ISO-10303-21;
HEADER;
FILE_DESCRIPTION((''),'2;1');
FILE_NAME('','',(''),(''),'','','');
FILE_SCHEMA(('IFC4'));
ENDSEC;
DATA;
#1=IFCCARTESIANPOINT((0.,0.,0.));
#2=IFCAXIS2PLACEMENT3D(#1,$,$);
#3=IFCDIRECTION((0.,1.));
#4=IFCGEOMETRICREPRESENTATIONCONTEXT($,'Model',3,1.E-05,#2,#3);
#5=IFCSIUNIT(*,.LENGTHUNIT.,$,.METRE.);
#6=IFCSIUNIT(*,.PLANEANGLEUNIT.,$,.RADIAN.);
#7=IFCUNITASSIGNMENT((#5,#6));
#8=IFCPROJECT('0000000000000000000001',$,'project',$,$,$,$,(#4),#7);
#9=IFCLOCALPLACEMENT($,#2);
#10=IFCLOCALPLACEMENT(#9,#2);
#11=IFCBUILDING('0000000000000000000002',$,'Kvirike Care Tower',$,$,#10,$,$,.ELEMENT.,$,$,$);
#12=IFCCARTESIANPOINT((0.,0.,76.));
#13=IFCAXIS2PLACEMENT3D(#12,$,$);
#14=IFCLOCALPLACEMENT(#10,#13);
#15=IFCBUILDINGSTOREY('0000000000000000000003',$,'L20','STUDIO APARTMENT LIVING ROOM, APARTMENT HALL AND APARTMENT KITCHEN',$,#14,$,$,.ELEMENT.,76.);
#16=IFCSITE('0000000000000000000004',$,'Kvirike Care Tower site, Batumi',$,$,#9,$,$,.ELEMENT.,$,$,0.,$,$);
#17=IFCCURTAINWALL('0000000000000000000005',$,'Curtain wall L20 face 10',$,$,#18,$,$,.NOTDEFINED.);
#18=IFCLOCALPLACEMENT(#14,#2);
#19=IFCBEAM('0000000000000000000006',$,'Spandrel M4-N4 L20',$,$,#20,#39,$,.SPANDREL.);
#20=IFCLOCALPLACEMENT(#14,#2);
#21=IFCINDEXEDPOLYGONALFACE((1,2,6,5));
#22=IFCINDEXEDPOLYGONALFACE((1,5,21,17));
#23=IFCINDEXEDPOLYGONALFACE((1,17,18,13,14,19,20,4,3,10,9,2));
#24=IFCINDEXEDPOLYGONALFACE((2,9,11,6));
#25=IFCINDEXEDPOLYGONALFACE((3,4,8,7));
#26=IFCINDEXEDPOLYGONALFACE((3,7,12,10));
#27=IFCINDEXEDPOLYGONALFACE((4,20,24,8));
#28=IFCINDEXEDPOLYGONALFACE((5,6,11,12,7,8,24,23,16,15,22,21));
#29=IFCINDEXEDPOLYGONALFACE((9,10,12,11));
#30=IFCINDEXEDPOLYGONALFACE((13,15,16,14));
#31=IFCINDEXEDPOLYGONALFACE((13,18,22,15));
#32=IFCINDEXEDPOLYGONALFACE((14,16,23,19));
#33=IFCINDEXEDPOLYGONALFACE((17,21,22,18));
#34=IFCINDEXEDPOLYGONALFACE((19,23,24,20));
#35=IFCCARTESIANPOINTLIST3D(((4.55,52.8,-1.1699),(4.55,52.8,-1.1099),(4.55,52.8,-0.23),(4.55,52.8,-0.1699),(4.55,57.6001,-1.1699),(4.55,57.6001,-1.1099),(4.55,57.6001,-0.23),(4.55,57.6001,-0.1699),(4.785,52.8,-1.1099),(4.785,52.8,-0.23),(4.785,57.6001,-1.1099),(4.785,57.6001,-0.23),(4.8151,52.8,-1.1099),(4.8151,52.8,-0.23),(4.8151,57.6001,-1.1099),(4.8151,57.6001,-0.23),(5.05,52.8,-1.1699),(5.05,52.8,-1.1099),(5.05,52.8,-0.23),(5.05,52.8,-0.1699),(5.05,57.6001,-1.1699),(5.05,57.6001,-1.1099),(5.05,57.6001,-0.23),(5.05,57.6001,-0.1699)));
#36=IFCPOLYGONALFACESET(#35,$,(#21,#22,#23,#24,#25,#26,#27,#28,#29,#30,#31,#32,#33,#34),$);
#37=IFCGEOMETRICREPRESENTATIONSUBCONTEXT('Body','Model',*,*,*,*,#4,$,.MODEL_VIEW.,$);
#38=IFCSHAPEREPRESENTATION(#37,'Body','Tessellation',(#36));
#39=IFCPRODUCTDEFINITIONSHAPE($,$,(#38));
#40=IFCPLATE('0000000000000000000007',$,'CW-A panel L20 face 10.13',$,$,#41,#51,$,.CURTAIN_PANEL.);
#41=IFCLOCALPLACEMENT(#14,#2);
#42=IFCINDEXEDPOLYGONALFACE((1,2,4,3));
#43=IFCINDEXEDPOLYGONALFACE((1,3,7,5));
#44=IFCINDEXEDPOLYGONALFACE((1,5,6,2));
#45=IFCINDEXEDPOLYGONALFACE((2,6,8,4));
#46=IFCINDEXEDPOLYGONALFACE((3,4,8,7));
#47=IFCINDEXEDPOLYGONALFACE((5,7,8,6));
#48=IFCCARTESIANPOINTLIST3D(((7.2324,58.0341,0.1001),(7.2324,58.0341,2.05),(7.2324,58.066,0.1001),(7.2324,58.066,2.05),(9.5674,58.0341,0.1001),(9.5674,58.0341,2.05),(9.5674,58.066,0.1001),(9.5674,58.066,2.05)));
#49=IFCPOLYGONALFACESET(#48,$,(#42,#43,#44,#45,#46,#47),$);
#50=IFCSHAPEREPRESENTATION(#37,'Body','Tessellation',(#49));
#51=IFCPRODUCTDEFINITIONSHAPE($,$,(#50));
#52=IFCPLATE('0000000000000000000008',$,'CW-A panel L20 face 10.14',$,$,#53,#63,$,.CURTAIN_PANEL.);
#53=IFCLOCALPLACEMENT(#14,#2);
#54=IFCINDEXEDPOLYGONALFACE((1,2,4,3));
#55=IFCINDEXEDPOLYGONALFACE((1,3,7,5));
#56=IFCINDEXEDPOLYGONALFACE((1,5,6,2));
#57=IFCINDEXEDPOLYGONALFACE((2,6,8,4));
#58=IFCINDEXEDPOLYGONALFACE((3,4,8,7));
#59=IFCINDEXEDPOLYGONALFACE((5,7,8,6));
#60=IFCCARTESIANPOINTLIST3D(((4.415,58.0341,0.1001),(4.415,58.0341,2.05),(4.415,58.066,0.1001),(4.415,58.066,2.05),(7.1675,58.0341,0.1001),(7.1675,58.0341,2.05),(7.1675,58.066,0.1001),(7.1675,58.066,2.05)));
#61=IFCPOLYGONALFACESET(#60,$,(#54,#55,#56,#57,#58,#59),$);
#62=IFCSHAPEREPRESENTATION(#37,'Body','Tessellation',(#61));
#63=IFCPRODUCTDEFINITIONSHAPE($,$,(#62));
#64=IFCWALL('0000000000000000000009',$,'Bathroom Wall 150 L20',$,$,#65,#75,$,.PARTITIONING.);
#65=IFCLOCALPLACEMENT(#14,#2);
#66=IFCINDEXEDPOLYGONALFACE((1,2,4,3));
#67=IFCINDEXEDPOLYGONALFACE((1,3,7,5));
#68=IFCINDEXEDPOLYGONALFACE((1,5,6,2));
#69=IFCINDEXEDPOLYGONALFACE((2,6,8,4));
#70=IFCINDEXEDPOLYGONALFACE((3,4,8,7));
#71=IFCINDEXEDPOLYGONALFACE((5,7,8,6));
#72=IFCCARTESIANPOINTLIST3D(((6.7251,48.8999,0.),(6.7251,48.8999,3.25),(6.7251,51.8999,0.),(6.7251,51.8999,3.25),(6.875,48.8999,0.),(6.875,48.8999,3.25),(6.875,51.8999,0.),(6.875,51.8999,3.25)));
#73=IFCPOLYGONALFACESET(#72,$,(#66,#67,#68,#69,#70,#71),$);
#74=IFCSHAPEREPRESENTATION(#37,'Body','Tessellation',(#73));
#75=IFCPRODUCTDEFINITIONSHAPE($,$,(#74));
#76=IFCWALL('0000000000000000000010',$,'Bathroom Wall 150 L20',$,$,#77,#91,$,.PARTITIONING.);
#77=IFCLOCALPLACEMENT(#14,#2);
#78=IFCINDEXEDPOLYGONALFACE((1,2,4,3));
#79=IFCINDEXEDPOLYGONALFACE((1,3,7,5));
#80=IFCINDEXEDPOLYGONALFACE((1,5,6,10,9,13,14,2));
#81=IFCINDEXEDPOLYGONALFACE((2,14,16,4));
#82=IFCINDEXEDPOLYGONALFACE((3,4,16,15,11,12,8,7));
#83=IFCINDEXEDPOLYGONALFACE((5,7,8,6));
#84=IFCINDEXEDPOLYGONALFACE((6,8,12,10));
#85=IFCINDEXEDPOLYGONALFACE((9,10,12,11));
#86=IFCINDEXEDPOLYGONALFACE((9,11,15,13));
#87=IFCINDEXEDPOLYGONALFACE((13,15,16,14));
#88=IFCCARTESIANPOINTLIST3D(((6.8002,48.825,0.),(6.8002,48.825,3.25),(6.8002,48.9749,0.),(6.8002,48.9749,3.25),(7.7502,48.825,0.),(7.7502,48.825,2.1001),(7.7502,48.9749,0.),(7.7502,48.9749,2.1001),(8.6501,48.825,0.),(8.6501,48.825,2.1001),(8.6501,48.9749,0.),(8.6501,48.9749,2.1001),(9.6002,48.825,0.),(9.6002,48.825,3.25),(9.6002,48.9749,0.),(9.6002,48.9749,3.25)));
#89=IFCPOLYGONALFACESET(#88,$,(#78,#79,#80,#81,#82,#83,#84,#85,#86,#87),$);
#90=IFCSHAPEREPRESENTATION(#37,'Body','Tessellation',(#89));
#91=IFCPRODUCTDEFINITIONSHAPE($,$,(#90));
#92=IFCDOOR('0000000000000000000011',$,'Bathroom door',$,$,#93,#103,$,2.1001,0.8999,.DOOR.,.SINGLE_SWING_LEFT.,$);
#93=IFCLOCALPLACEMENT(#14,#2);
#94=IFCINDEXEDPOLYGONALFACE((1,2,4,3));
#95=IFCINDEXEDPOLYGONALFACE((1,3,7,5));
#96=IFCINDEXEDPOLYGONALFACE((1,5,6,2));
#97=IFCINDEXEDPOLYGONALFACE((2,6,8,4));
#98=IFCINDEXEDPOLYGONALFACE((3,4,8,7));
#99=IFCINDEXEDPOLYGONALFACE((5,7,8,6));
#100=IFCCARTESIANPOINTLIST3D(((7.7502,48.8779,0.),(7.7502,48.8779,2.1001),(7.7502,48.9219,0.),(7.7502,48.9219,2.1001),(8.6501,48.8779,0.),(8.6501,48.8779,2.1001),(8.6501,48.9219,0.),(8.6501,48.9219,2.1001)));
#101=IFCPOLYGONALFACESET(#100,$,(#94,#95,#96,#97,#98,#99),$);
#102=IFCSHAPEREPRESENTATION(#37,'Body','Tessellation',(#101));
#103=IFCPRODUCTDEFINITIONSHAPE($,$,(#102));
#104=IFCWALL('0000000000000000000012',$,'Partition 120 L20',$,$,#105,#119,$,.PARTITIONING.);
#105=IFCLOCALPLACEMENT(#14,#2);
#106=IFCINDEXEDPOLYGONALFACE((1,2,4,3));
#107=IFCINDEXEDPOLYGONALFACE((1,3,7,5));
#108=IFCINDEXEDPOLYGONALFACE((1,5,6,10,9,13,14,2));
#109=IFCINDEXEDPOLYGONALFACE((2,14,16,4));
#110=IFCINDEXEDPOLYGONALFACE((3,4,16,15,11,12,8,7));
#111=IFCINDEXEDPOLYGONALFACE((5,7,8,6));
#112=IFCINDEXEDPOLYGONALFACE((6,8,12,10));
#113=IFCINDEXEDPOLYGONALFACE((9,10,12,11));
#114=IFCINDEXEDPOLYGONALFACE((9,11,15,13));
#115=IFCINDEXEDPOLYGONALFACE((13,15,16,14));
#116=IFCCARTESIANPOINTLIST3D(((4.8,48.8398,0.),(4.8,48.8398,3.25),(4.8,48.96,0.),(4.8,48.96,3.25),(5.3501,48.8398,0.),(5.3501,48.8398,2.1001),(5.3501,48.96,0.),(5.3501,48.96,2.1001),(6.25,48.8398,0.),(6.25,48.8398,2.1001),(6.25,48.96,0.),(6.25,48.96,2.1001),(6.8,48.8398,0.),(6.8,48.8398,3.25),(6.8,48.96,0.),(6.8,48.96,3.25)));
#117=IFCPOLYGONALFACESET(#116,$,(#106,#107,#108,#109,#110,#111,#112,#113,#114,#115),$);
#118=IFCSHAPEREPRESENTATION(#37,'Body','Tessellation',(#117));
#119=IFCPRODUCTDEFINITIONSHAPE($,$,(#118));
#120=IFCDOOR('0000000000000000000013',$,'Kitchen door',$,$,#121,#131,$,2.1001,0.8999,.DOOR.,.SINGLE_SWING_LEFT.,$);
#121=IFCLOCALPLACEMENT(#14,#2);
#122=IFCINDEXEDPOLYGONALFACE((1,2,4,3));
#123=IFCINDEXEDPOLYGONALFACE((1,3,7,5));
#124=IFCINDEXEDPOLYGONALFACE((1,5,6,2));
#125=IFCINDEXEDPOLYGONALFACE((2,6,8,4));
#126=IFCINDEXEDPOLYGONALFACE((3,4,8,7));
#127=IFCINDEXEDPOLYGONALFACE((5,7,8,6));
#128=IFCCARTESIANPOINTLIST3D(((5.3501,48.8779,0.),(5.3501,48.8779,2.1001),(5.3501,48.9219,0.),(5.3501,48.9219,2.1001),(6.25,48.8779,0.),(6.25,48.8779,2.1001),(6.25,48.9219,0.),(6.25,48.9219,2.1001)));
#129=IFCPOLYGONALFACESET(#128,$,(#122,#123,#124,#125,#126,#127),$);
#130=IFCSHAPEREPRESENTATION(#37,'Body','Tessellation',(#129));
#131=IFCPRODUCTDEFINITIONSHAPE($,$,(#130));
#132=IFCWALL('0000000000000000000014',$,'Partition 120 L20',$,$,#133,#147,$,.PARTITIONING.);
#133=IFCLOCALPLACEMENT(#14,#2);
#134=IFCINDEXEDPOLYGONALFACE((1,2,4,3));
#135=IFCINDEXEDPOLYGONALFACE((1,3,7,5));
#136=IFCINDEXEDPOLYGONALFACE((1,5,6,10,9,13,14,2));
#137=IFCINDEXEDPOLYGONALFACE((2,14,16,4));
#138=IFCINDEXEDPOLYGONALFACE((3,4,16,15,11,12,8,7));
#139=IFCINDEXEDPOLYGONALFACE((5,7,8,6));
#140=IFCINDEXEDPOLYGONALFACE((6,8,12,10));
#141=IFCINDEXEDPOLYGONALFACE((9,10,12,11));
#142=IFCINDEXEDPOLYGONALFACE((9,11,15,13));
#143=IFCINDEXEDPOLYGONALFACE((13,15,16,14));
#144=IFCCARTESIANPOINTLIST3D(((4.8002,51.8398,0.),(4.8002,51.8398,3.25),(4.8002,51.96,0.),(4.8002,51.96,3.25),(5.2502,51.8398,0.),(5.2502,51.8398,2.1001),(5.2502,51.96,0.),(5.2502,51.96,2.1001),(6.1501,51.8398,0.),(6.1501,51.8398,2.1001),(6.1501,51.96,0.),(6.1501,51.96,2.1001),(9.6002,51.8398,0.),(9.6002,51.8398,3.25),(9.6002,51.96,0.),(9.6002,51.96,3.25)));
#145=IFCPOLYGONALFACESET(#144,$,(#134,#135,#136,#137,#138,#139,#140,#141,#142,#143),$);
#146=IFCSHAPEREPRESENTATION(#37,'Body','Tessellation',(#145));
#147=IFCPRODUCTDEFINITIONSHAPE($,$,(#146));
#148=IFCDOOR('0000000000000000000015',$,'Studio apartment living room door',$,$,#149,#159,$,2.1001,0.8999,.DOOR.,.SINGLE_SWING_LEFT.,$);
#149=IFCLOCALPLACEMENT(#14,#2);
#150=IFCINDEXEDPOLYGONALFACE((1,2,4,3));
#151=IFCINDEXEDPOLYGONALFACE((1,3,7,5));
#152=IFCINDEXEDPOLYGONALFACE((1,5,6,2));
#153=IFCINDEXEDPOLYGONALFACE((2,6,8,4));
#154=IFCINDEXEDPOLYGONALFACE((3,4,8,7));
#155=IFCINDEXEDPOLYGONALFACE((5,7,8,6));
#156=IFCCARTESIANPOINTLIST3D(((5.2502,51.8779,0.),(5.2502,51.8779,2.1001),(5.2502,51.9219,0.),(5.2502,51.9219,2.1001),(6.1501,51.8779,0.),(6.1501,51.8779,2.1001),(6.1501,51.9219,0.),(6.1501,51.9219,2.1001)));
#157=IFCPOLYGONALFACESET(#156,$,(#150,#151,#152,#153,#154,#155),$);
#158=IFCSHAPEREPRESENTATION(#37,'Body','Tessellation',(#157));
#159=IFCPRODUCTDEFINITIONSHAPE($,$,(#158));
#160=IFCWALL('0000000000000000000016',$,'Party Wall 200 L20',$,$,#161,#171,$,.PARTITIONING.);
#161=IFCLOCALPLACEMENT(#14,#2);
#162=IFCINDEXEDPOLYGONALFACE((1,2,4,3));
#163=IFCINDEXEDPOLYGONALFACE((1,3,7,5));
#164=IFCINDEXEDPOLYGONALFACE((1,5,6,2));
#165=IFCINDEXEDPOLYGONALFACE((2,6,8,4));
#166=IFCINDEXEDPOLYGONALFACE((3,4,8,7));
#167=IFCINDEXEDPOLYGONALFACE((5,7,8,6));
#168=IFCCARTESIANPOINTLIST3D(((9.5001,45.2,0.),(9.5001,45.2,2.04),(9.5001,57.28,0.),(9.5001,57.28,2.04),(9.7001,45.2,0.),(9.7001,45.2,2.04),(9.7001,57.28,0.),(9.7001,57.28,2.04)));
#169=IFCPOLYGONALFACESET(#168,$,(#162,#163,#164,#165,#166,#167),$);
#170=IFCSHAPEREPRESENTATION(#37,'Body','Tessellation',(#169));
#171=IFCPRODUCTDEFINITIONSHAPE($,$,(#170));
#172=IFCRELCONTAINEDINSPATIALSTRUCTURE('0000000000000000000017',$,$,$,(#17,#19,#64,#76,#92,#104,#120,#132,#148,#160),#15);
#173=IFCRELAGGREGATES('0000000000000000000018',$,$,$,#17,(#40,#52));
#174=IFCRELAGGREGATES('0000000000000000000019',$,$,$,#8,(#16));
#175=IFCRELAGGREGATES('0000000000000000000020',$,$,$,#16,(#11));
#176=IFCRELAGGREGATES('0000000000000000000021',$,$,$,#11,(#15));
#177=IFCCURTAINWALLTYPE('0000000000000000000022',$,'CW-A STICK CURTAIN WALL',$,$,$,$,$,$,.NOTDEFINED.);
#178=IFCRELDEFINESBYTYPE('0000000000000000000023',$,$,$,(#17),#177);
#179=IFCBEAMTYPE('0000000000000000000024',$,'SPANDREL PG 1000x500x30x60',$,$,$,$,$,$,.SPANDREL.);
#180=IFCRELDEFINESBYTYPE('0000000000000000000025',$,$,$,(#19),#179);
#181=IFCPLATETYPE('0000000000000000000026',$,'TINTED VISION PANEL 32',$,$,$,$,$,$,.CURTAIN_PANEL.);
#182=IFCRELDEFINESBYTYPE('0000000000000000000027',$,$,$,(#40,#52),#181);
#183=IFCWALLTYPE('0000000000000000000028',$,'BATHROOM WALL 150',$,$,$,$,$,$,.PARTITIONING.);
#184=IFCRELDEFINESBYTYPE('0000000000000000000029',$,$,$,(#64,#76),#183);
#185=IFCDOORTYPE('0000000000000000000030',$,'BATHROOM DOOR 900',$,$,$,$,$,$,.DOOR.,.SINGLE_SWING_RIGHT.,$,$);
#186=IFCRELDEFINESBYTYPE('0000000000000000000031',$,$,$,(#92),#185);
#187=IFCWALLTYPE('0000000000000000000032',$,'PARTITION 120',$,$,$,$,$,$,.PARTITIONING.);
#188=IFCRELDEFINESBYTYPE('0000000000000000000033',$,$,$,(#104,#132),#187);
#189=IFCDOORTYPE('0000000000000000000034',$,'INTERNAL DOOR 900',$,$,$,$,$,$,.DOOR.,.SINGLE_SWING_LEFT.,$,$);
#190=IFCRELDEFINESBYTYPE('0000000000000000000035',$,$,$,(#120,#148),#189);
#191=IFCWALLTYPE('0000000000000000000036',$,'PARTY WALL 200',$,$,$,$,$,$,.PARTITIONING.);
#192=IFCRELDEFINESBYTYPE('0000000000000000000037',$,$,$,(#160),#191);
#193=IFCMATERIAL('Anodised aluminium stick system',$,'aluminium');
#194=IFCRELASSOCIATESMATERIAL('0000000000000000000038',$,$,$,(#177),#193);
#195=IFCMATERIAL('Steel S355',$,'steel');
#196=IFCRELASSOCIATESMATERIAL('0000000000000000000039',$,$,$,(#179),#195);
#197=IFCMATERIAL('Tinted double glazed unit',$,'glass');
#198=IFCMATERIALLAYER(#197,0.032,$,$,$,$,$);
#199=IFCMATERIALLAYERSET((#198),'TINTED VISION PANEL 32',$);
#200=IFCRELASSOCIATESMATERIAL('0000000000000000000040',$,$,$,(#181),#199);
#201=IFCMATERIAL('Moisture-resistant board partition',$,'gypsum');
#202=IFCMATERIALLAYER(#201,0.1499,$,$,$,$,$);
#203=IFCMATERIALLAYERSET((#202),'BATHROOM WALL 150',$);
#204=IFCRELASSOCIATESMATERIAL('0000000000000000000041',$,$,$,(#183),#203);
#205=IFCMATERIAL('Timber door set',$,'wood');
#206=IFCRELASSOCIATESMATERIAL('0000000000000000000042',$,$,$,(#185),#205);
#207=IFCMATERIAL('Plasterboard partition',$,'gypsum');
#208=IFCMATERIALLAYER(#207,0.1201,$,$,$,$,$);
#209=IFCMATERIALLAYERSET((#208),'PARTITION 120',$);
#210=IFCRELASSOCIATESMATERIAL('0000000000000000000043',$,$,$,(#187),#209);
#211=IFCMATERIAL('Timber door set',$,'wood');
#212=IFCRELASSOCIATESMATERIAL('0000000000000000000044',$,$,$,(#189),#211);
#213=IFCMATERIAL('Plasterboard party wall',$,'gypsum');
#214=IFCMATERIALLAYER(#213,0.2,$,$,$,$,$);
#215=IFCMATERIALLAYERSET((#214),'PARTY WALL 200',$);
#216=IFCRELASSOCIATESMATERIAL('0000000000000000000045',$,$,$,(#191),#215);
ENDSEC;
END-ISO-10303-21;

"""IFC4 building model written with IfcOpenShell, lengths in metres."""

from ifc_helpers import new_model, si_unit, direction, frame, frame_2d, origin, origin_2d, place, context, subcontext, project, spatial, rectangle, i_section, extrude, material, layer, layer_set, material_profile, profile_set, type_object, element, fill, aggregate, save


model = new_model("IFC4")

# Units and contexts
model_context = context("Model", 3, precision=1e-05, world=origin(), true_north=direction((0.0, 1.0)))
body_context = subcontext(model_context, "Body", "Model", "MODEL_VIEW")
ifc_project = project(units=[si_unit("LENGTHUNIT", "METRE"), si_unit("PLANEANGLEUNIT", "RADIAN")], contexts=[model_context])

# Site, building, storey
site_placement = place(None, origin())
site = spatial("IfcSite", under=ifc_project, at=site_placement, Name="Kvirike Care Tower site, Batumi", CompositionType="ELEMENT", RefElevation=0.0)
building_placement = place(site_placement, origin())
building = spatial("IfcBuilding", under=site, at=building_placement, Name="Kvirike Care Tower", CompositionType="ELEMENT")
storey_placement = place(building_placement, frame((0.0, 0.0, 76.0)))
storey = spatial("IfcBuildingStorey", under=building, at=storey_placement, Name="L20", Description="STUDIO APARTMENT LIVING ROOM, APARTMENT HALL AND APARTMENT KITCHEN", CompositionType="ELEMENT", Elevation=76.0)

# Curtain wall
ifc_material_1 = material(Name="Anodised aluminium stick system", Category="aluminium")
curtain_wall_type = type_object("IfcCurtainWallType", Name="CW-A STICK CURTAIN WALL", PredefinedType="NOTDEFINED", material=ifc_material_1)
curtain_wall_1_placement = place(storey_placement, origin())
curtain_wall_1 = element("IfcCurtainWall", 1, at=curtain_wall_1_placement, inside=storey, type_object=curtain_wall_type, Name="Curtain wall L20 face 10", PredefinedType="NOTDEFINED")

# Beam
ifc_material_2 = material(Name="Steel S355", Category="steel")
ifc_material_profile_1 = material_profile(ifc_material_2, i_section(OverallWidth=0.5, OverallDepth=1.0, WebThickness=0.03, FlangeThickness=0.0601, at=origin_2d()), Name="PG 1000x500x30x60")
ifc_profile_set_1 = profile_set([ifc_material_profile_1], Name="Steel S355")
beam_type_1 = type_object("IfcBeamType", Name="SPANDREL PG 1000x500x30x60", PredefinedType="SPANDREL", material=ifc_profile_set_1)
for number, where, z_axis, x_axis, name in (
    (2, (4.8, 52.8, -0.6699), (0.0, 1.0, 0.0), (-1.0, 0.0, 0.0), "Spandrel M4-N4 L20"),
):
    element("IfcBeam", number, at=place(storey_placement, frame(where, z_axis=z_axis, x_axis=x_axis)), inside=storey, type_object=beam_type_1, Name=name, PredefinedType="SPANDREL", context=body_context, shape_type="SweptSolid", body=[
        extrude(i_section(OverallWidth=0.5, OverallDepth=1.0, WebThickness=0.03, FlangeThickness=0.0601, at=origin_2d()), origin(), (0.0, 0.0, 1.0), 4.8),
    ])

# Plates
ifc_material_3 = material(Name="Tinted double glazed unit", Category="glass")
ifc_layer_1 = layer(ifc_material_3, 0.032)
ifc_layer_set_1 = layer_set([ifc_layer_1], Name="TINTED VISION PANEL 32")
plate_type = type_object("IfcPlateType", Name="TINTED VISION PANEL 32", PredefinedType="CURTAIN_PANEL", material=ifc_layer_set_1)
plate_1_placement = place(storey_placement, frame((8.3999, 58.05, 0.1001), z_axis=(0.0, 0.0, 1.0), x_axis=(-1.0, 0.0, 0.0)))
plate_1 = element("IfcPlate", 3, at=plate_1_placement, type_object=plate_type, Name="CW-A panel L20 face 10.13", PredefinedType="CURTAIN_PANEL", context=body_context, shape_type="SweptSolid", body=[
    extrude(rectangle(XDim=2.335, YDim=0.032, at=origin_2d()), origin(), (0.0, 0.0, 1.0), 1.95),
])
plate_2_placement = place(storey_placement, frame((5.7913, 58.05, 0.1001), z_axis=(0.0, 0.0, 1.0), x_axis=(-1.0, 0.0, 0.0)))
plate_2 = element("IfcPlate", 4, at=plate_2_placement, type_object=plate_type, Name="CW-A panel L20 face 10.14", PredefinedType="CURTAIN_PANEL", context=body_context, shape_type="SweptSolid", body=[
    extrude(rectangle(XDim=2.7524, YDim=0.032, at=origin_2d()), origin(), (0.0, 0.0, 1.0), 1.95),
])
aggregate(curtain_wall_1, [plate_1, plate_2])

# Wall
ifc_material_4 = material(Name="Moisture-resistant board partition", Category="gypsum")
ifc_layer_2 = layer(ifc_material_4, 0.1499)
ifc_layer_set_2 = layer_set([ifc_layer_2], Name="BATHROOM WALL 150")
wall_type_1 = type_object("IfcWallType", Name="BATHROOM WALL 150", PredefinedType="PARTITIONING", material=ifc_layer_set_2)
wall_1_placement = place(storey_placement, frame((6.8, 51.8999, 0.0), z_axis=(0.0, 0.0, 1.0), x_axis=(0.0, -1.0, 0.0)))
element("IfcWall", 5, at=wall_1_placement, inside=storey, type_object=wall_type_1, Name="Bathroom Wall 150 L20", PredefinedType="PARTITIONING", context=body_context, shape_type="SweptSolid", body=[
    extrude(rectangle(XDim=3.0, YDim=0.1499, at=frame_2d((1.5, 0.0))), origin(), (0.0, 0.0, 1.0), 3.25),
])

# Walls, openings, doors
wall_2_placement = place(storey_placement, frame((9.6001, 48.8999, 0.0), z_axis=(0.0, 0.0, 1.0), x_axis=(-1.0, 0.0, 0.0)))
wall_2 = element("IfcWall", 6, at=wall_2_placement, inside=storey, type_object=wall_type_1, Name="Bathroom Wall 150 L20", PredefinedType="PARTITIONING", context=body_context, shape_type="SweptSolid", body=[
    extrude(rectangle(XDim=2.8, YDim=0.1499, at=frame_2d((1.3999, 0.0))), origin(), (0.0, 0.0, 1.0), 3.25),
])
opening_1_placement = place(wall_2_placement, frame((0.95, 0.0, 0.0)))
opening_1 = element("IfcOpeningElement", 7, at=opening_1_placement, cuts=wall_2, PredefinedType="OPENING", context=body_context, shape_type="SweptSolid", body=[
    extrude(rectangle(XDim=0.8999, YDim=2.1001, at=frame_2d((0.45, 1.05))), frame((0.0, 0.0854, 0.0), z_axis=(0.0, -1.0, 0.0), x_axis=(1.0, 0.0, 0.0)), (0.0, 0.0, 1.0), 0.1709),
])
ifc_material_5 = material(Name="Timber door set", Category="wood")
door_type_1 = type_object("IfcDoorType", Name="BATHROOM DOOR 900", OperationType="SINGLE_SWING_RIGHT", PredefinedType="DOOR", material=ifc_material_5)
door_1_placement = place(opening_1_placement, frame((0.8999, 0.0, 0.0), z_axis=(0.0, 0.0, 1.0), x_axis=(-1.0, 0.0, 0.0)))
door_1 = element("IfcDoor", 8, at=door_1_placement, inside=storey, type_object=door_type_1, Name="Bathroom door", OperationType="SINGLE_SWING_LEFT", OverallHeight=2.1001, OverallWidth=0.8999, PredefinedType="DOOR", context=body_context, shape_type="SweptSolid", body=[
    extrude(rectangle(XDim=0.8999, YDim=2.1001, at=frame_2d((0.45, 1.05))), frame((0.0, 0.022, 0.0), z_axis=(0.0, -1.0, 0.0), x_axis=(1.0, 0.0, 0.0)), (0.0, 0.0, 1.0), 0.0439),
])
fill(opening_1, door_1)
ifc_material_6 = material(Name="Plasterboard partition", Category="gypsum")
ifc_layer_3 = layer(ifc_material_6, 0.1201)
ifc_layer_set_3 = layer_set([ifc_layer_3], Name="PARTITION 120")
wall_type_2 = type_object("IfcWallType", Name="PARTITION 120", PredefinedType="PARTITIONING", material=ifc_layer_set_3)
wall_3_placement = place(storey_placement, frame((6.8, 48.8999, 0.0), z_axis=(0.0, 0.0, 1.0), x_axis=(-1.0, 0.0, 0.0)))
wall_3 = element("IfcWall", 9, at=wall_3_placement, inside=storey, type_object=wall_type_2, Name="Partition 120 L20", PredefinedType="PARTITIONING", context=body_context, shape_type="SweptSolid", body=[
    extrude(rectangle(XDim=2.0, YDim=0.1201, at=frame_2d((1.0, 0.0))), origin(), (0.0, 0.0, 1.0), 3.25),
])
opening_2_placement = place(wall_3_placement, frame((0.55, 0.0, 0.0)))
opening_2 = element("IfcOpeningElement", 10, at=opening_2_placement, cuts=wall_3, PredefinedType="OPENING", context=body_context, shape_type="SweptSolid", body=[
    extrude(rectangle(XDim=0.8999, YDim=2.1001, at=frame_2d((0.45, 1.05))), frame((0.0, 0.0706, 0.0), z_axis=(0.0, -1.0, 0.0), x_axis=(1.0, 0.0, 0.0)), (0.0, 0.0, 1.0), 0.1411),
])
ifc_material_7 = material(Name="Timber door set", Category="wood")
door_type_2 = type_object("IfcDoorType", Name="INTERNAL DOOR 900", OperationType="SINGLE_SWING_LEFT", PredefinedType="DOOR", material=ifc_material_7)
door_2_placement = place(opening_2_placement, frame((0.8999, 0.0, 0.0), z_axis=(0.0, 0.0, 1.0), x_axis=(-1.0, 0.0, 0.0)))
door_2 = element("IfcDoor", 11, at=door_2_placement, inside=storey, type_object=door_type_2, Name="Kitchen door", OperationType="SINGLE_SWING_LEFT", OverallHeight=2.1001, OverallWidth=0.8999, PredefinedType="DOOR", context=body_context, shape_type="SweptSolid", body=[
    extrude(rectangle(XDim=0.8999, YDim=2.1001, at=frame_2d((0.45, 1.05))), frame((0.0, 0.022, 0.0), z_axis=(0.0, -1.0, 0.0), x_axis=(1.0, 0.0, 0.0)), (0.0, 0.0, 1.0), 0.0439),
])
fill(opening_2, door_2)
wall_4_placement = place(storey_placement, frame((9.6001, 51.8999, 0.0), z_axis=(0.0, 0.0, 1.0), x_axis=(-1.0, 0.0, 0.0)))
wall_4 = element("IfcWall", 12, at=wall_4_placement, inside=storey, type_object=wall_type_2, Name="Partition 120 L20", PredefinedType="PARTITIONING", context=body_context, shape_type="SweptSolid", body=[
    extrude(rectangle(XDim=4.8, YDim=0.1201, at=frame_2d((2.3999, 0.0))), origin(), (0.0, 0.0, 1.0), 3.25),
])
opening_3_placement = place(wall_4_placement, frame((3.45, 0.0, 0.0)))
opening_3 = element("IfcOpeningElement", 13, at=opening_3_placement, cuts=wall_4, PredefinedType="OPENING", context=body_context, shape_type="SweptSolid", body=[
    extrude(rectangle(XDim=0.8999, YDim=2.1001, at=frame_2d((0.45, 1.05))), frame((0.0, 0.0706, 0.0), z_axis=(0.0, -1.0, 0.0), x_axis=(1.0, 0.0, 0.0)), (0.0, 0.0, 1.0), 0.1411),
])
door_3_placement = place(opening_3_placement, origin())
door_3 = element("IfcDoor", 14, at=door_3_placement, inside=storey, type_object=door_type_2, Name="Studio apartment living room door", OperationType="SINGLE_SWING_LEFT", OverallHeight=2.1001, OverallWidth=0.8999, PredefinedType="DOOR", context=body_context, shape_type="SweptSolid", body=[
    extrude(rectangle(XDim=0.8999, YDim=2.1001, at=frame_2d((0.45, 1.05))), frame((0.0, 0.022, 0.0), z_axis=(0.0, -1.0, 0.0), x_axis=(1.0, 0.0, 0.0)), (0.0, 0.0, 1.0), 0.0439),
])
fill(opening_3, door_3)

# Wall
ifc_material_8 = material(Name="Plasterboard party wall", Category="gypsum")
ifc_layer_4 = layer(ifc_material_8, 0.2)
ifc_layer_set_4 = layer_set([ifc_layer_4], Name="PARTY WALL 200")
wall_type_3 = type_object("IfcWallType", Name="PARTY WALL 200", PredefinedType="PARTITIONING", material=ifc_layer_set_4)
wall_5_placement = place(storey_placement, frame((9.6001, 57.28, 0.0), z_axis=(0.0, 0.0, 1.0), x_axis=(0.0, -1.0, 0.0)))
element("IfcWall", 15, at=wall_5_placement, inside=storey, type_object=wall_type_3, Name="Party Wall 200 L20", PredefinedType="PARTITIONING", context=body_context, shape_type="SweptSolid", body=[
    extrude(rectangle(XDim=12.0801, YDim=0.2, at=frame_2d((6.04, 0.0))), origin(), (0.0, 0.0, 1.0), 2.04),
])

save(model, "model.ifc")
